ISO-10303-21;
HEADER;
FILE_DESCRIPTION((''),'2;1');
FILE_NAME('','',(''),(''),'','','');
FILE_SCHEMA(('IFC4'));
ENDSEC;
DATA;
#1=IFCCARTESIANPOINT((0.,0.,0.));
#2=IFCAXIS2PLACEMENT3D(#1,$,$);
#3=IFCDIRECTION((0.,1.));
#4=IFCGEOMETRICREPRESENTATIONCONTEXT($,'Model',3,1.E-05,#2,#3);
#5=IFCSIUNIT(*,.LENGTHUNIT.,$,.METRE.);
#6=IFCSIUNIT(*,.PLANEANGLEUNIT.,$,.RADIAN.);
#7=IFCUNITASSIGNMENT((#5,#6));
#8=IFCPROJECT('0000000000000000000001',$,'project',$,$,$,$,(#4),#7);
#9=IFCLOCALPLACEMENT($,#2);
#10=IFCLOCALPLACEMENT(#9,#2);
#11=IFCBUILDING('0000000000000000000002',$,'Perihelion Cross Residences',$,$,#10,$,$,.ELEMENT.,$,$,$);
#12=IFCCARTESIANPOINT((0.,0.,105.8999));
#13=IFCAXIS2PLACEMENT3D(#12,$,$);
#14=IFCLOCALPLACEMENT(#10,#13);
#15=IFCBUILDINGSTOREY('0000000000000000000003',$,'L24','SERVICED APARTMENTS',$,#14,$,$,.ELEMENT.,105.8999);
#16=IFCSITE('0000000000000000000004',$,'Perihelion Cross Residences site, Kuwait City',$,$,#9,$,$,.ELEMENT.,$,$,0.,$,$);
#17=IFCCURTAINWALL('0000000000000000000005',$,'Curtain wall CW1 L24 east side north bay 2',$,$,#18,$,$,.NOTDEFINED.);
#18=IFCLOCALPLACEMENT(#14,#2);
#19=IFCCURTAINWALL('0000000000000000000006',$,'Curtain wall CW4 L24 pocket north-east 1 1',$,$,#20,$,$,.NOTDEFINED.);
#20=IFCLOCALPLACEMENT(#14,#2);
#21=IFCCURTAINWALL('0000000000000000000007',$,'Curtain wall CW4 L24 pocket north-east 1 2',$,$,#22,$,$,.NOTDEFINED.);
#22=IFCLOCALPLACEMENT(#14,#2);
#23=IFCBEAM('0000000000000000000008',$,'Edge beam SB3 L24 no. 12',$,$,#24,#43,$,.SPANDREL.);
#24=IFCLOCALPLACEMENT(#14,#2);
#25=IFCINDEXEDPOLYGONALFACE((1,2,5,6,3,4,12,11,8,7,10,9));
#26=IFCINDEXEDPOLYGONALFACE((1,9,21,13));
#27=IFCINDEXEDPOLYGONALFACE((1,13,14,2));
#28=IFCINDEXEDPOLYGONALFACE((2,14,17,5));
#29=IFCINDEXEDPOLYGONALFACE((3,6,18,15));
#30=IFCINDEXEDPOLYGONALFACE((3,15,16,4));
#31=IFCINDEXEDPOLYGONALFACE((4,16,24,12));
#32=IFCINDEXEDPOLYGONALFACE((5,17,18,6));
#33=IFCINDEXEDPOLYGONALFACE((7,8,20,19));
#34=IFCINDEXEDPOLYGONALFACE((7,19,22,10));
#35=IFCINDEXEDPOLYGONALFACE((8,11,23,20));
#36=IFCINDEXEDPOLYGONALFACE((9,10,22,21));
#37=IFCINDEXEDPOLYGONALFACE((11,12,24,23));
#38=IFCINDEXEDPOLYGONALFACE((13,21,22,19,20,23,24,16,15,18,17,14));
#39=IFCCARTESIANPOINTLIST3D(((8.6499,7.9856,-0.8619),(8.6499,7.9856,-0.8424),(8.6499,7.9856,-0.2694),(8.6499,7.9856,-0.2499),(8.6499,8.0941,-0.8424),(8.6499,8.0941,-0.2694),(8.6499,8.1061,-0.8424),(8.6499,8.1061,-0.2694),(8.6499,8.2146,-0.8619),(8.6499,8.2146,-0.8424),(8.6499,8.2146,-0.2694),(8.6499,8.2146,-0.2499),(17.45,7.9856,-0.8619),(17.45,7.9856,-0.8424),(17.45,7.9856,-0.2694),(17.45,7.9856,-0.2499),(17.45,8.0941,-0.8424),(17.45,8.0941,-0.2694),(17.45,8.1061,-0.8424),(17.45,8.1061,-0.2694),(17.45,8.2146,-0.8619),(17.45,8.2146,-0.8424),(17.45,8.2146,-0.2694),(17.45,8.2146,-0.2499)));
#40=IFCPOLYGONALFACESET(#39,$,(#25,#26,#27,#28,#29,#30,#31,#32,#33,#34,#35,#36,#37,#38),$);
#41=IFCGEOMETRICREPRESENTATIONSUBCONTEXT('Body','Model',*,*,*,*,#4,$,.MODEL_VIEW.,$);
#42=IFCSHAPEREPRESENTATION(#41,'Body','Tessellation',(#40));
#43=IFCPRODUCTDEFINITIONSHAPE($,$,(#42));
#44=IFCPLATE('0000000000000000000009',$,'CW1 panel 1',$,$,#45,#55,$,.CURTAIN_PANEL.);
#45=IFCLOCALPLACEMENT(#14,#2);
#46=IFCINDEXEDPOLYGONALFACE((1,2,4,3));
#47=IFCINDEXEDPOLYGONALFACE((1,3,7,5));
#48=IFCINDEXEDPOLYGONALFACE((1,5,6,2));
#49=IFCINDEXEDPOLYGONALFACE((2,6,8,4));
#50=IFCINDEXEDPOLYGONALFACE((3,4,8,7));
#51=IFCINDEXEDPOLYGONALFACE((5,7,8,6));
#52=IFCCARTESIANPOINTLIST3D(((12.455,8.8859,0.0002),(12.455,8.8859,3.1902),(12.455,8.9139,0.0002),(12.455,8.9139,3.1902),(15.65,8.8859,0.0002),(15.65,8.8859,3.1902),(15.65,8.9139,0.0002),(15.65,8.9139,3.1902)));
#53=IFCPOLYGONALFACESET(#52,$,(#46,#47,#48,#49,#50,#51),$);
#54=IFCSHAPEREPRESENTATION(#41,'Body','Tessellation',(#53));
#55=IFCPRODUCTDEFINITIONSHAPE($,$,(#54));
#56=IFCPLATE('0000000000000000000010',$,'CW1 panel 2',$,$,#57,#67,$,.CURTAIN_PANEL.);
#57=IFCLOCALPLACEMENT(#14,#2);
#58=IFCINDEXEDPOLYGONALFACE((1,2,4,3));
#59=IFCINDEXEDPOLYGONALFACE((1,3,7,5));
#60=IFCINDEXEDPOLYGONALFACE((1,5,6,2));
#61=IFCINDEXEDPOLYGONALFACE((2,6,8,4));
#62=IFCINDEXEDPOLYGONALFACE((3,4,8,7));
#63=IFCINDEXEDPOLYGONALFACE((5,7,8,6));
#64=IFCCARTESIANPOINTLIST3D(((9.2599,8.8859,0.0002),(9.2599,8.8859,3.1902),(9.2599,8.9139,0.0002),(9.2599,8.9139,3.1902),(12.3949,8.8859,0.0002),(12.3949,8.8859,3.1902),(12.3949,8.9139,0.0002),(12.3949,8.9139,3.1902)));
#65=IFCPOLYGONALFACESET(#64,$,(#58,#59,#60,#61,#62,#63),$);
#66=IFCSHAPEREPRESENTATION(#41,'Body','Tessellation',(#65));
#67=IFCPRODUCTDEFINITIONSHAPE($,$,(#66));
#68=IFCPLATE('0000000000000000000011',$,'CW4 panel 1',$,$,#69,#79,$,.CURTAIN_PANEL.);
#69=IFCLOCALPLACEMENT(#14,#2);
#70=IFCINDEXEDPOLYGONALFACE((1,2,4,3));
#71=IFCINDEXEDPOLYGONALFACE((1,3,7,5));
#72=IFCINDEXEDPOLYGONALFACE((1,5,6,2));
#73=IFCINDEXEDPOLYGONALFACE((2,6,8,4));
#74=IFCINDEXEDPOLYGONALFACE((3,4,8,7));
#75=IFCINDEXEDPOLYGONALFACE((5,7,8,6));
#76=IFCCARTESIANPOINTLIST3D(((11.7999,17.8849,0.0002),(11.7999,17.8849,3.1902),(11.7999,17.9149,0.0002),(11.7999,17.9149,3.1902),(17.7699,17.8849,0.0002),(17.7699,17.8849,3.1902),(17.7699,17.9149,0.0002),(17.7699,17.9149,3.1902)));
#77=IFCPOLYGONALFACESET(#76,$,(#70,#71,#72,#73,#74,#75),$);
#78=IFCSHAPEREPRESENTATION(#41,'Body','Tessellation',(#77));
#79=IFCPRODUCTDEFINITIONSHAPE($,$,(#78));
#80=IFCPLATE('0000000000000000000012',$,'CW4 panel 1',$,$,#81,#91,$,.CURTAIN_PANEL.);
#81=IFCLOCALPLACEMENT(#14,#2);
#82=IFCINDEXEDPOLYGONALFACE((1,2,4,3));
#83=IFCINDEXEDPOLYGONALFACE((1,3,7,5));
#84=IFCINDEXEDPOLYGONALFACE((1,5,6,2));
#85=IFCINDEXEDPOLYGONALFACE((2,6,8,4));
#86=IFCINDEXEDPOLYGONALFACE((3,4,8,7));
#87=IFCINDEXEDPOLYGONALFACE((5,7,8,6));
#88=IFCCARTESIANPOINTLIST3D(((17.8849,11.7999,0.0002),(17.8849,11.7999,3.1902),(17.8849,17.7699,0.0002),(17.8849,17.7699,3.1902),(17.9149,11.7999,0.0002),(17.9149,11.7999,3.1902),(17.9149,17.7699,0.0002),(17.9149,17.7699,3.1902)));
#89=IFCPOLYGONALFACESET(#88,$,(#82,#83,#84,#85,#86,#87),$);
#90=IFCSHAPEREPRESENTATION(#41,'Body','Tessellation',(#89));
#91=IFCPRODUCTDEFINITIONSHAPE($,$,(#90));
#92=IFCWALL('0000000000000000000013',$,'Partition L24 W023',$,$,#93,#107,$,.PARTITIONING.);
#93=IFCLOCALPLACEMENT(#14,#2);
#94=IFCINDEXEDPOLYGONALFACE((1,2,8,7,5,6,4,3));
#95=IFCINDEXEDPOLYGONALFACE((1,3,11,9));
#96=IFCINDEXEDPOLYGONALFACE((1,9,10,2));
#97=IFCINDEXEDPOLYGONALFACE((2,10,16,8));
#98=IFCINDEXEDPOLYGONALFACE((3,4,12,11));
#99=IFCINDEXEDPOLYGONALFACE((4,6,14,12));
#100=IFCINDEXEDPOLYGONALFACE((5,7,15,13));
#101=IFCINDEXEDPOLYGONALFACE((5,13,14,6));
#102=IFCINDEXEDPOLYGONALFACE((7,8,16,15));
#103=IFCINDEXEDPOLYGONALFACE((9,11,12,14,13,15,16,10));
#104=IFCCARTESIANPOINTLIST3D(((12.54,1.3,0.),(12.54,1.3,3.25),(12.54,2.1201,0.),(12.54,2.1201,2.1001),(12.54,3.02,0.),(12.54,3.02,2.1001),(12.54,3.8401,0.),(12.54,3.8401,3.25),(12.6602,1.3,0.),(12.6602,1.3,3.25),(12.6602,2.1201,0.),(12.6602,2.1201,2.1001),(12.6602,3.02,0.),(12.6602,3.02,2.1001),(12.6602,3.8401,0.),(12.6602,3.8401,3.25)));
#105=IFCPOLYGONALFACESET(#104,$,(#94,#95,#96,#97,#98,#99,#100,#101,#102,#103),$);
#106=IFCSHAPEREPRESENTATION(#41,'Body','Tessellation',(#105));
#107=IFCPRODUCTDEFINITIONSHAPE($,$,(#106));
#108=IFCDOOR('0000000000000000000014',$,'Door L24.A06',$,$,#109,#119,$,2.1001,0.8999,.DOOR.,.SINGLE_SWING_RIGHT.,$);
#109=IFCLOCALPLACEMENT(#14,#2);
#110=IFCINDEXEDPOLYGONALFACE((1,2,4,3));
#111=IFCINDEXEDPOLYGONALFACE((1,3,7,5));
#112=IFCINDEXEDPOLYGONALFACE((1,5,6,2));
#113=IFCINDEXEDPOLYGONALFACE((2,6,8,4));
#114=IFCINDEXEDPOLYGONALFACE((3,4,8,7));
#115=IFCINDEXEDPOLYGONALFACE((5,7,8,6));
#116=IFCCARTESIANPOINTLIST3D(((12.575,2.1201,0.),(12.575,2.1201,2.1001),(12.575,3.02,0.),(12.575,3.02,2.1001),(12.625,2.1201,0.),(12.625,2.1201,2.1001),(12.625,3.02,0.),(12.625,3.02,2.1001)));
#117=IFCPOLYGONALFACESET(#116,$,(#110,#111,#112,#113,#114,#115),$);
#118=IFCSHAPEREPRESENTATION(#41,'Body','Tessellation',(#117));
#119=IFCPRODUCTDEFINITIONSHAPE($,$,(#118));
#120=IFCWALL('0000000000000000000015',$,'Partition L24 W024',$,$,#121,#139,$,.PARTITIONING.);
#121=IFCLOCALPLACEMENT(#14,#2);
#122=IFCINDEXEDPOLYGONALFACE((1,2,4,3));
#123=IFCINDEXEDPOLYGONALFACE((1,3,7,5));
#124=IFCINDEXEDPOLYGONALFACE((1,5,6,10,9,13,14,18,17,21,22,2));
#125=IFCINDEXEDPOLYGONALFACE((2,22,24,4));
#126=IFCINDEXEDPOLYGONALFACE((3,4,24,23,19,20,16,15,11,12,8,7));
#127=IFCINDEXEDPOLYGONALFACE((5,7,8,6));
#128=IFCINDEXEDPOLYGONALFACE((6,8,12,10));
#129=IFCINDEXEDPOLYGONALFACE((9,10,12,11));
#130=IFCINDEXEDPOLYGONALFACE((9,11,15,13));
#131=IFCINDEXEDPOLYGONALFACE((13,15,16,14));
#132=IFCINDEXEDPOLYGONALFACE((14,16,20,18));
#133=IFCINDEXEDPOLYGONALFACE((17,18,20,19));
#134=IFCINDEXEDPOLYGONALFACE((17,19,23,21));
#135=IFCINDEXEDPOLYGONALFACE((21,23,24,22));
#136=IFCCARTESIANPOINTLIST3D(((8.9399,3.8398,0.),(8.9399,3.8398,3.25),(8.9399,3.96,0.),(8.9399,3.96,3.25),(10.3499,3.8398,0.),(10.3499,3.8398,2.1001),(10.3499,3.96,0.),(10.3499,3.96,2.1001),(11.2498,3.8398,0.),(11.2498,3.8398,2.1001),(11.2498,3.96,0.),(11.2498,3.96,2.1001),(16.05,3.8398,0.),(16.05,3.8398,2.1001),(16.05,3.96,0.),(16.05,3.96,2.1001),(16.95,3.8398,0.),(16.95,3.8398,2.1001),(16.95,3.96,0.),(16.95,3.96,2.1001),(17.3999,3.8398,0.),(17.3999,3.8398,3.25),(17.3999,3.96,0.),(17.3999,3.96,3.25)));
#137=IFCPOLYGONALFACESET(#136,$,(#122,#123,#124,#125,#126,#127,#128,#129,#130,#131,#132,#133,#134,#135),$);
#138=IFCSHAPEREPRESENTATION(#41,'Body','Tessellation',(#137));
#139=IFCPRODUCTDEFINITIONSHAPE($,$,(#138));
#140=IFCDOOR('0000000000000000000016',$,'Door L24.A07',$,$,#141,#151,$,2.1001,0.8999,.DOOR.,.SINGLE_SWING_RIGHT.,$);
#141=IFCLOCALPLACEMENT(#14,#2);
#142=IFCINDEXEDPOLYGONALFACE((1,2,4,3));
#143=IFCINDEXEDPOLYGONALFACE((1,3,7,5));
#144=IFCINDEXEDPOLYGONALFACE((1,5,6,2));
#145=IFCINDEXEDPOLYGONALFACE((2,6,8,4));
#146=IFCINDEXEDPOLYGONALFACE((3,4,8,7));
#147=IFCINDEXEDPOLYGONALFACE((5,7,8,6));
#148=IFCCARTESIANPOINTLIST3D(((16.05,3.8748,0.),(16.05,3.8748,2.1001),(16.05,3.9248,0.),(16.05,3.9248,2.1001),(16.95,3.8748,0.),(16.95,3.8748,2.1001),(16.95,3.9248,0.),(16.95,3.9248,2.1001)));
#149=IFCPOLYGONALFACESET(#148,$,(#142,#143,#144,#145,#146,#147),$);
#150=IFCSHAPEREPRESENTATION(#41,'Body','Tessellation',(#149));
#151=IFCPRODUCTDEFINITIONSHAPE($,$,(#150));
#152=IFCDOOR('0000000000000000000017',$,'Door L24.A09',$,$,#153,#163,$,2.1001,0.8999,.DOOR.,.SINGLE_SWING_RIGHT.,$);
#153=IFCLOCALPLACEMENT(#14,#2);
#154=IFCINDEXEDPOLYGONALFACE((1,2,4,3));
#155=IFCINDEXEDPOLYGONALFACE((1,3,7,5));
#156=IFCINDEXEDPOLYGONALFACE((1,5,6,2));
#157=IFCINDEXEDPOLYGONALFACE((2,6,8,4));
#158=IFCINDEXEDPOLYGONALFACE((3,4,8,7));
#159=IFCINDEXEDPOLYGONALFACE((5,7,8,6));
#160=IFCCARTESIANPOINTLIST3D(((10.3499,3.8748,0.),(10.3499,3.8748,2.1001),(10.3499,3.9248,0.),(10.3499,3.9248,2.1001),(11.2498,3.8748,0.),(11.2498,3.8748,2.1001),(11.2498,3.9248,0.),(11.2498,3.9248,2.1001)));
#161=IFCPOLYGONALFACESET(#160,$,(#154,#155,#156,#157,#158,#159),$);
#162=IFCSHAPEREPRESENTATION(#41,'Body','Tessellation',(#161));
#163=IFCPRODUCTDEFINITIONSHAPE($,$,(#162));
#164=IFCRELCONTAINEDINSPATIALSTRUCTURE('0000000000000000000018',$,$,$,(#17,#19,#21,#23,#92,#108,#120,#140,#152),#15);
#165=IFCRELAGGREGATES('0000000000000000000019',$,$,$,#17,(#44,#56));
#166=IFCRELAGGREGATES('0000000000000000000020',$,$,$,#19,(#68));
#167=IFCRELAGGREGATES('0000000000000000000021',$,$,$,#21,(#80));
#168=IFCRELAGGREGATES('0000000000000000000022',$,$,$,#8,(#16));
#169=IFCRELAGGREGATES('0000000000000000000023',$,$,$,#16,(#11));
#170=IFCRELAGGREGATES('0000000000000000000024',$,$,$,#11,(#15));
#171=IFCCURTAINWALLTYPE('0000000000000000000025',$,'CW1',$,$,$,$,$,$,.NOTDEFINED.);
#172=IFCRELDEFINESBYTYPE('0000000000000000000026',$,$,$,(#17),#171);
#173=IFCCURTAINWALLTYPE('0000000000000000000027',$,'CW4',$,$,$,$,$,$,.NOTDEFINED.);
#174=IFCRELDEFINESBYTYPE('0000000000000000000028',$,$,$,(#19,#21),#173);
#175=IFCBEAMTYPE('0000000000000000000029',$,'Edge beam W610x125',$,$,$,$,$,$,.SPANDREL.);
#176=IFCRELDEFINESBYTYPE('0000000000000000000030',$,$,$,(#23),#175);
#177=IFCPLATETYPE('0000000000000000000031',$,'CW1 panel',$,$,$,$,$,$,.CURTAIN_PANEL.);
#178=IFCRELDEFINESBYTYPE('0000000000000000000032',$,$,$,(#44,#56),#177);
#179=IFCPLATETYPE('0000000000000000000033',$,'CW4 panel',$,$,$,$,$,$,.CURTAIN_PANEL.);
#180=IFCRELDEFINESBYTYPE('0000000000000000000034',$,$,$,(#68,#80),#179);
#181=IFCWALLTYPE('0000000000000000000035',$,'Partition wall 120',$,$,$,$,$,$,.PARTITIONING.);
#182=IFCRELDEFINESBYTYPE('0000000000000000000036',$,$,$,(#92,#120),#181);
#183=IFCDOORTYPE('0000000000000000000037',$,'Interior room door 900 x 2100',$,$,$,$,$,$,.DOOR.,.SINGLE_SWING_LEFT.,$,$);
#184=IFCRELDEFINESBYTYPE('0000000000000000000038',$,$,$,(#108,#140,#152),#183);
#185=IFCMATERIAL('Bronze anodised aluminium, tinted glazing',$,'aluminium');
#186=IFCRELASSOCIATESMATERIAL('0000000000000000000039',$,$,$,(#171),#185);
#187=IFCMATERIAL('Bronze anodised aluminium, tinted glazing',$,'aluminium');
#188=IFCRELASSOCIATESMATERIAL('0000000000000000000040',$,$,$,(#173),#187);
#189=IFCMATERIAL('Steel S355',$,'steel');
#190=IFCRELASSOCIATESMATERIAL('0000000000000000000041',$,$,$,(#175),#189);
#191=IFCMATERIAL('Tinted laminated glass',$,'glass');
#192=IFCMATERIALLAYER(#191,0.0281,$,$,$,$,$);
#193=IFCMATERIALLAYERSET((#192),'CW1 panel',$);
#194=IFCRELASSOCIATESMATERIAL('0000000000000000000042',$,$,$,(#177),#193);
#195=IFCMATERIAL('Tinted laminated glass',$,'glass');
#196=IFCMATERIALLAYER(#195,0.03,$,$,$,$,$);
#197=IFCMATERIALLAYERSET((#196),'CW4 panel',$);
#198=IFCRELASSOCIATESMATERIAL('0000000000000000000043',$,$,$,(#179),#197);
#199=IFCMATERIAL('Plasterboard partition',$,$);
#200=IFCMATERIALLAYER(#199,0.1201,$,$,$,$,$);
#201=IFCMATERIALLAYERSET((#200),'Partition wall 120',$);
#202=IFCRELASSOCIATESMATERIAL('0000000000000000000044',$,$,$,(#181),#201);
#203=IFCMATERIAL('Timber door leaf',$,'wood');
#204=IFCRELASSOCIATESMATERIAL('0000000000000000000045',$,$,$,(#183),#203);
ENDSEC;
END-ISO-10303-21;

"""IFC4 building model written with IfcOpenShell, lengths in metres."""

from ifc_helpers import new_model, si_unit, direction, frame, frame_2d, origin, origin_2d, place, context, subcontext, project, spatial, rectangle, i_section, extrude, material, layer, layer_set, material_profile, profile_set, type_object, element, fill, aggregate, save


model = new_model("IFC4")

# Units and contexts
model_context = context("Model", 3, precision=1e-05, world=origin(), true_north=direction((0.0, 1.0)))
body_context = subcontext(model_context, "Body", "Model", "MODEL_VIEW")
ifc_project = project(units=[si_unit("LENGTHUNIT", "METRE"), si_unit("PLANEANGLEUNIT", "RADIAN")], contexts=[model_context])

# Site, building, storey
site_placement = place(None, origin())
site = spatial("IfcSite", under=ifc_project, at=site_placement, Name="Perihelion Cross Residences site, Kuwait City", CompositionType="ELEMENT", RefElevation=0.0)
building_placement = place(site_placement, origin())
building = spatial("IfcBuilding", under=site, at=building_placement, Name="Perihelion Cross Residences", CompositionType="ELEMENT")
storey_placement = place(building_placement, frame((0.0, 0.0, 105.8999)))
storey = spatial("IfcBuildingStorey", under=building, at=storey_placement, Name="L24", Description="SERVICED APARTMENTS", CompositionType="ELEMENT", Elevation=105.8999)

# Curtain walls
ifc_material_1 = material(Name="Bronze anodised aluminium, tinted glazing", Category="aluminium")
curtain_wall_type_1 = type_object("IfcCurtainWallType", Name="CW1", PredefinedType="NOTDEFINED", material=ifc_material_1)
curtain_wall_1_placement = place(storey_placement, origin())
curtain_wall_1 = element("IfcCurtainWall", 1, at=curtain_wall_1_placement, inside=storey, type_object=curtain_wall_type_1, Name="Curtain wall CW1 L24 east side north bay 2", PredefinedType="NOTDEFINED")
ifc_material_2 = material(Name="Bronze anodised aluminium, tinted glazing", Category="aluminium")
curtain_wall_type_2 = type_object("IfcCurtainWallType", Name="CW4", PredefinedType="NOTDEFINED", material=ifc_material_2)
curtain_wall_2_placement = place(storey_placement, origin())
curtain_wall_2 = element("IfcCurtainWall", 2, at=curtain_wall_2_placement, inside=storey, type_object=curtain_wall_type_2, Name="Curtain wall CW4 L24 pocket north-east 1 1", PredefinedType="NOTDEFINED")
curtain_wall_3_placement = place(storey_placement, origin())
curtain_wall_3 = element("IfcCurtainWall", 3, at=curtain_wall_3_placement, inside=storey, type_object=curtain_wall_type_2, Name="Curtain wall CW4 L24 pocket north-east 1 2", PredefinedType="NOTDEFINED")

# Beam
ifc_material_3 = material(Name="Steel S355", Category="steel")
ifc_material_profile_1 = material_profile(ifc_material_3, i_section(OverallWidth=0.229, OverallDepth=0.6121, WebThickness=0.012, FlangeThickness=0.0195, at=origin_2d()), Name="W610x125")
ifc_profile_set_1 = profile_set([ifc_material_profile_1], Name="Steel S355")
beam_type_1 = type_object("IfcBeamType", Name="Edge beam W610x125", PredefinedType="SPANDREL", material=ifc_profile_set_1)
beam_1_placement = place(storey_placement, frame((17.45, 8.1001, -0.5559), z_axis=(-1.0, 0.0, 0.0), x_axis=(0.0, -1.0, 0.0)))
element("IfcBeam", 4, at=beam_1_placement, inside=storey, type_object=beam_type_1, Name="Edge beam SB3 L24 no. 12", PredefinedType="SPANDREL", context=body_context, shape_type="SweptSolid", body=[
    extrude(i_section(OverallWidth=0.229, OverallDepth=0.6121, WebThickness=0.012, FlangeThickness=0.0195, at=origin_2d()), origin(), (0.0, 0.0, 1.0), 8.8),
])

# Plates
ifc_material_4 = material(Name="Tinted laminated glass", Category="glass")
ifc_layer_1 = layer(ifc_material_4, 0.0281)
ifc_layer_set_1 = layer_set([ifc_layer_1], Name="CW1 panel")
plate_type_1 = type_object("IfcPlateType", Name="CW1 panel", PredefinedType="CURTAIN_PANEL", material=ifc_layer_set_1)
plate_1_placement = place(storey_placement, frame((14.0525, 8.8999, 0.0002), z_axis=(0.0, 0.0, 1.0), x_axis=(-1.0, 0.0, 0.0)))
plate_1 = element("IfcPlate", 5, at=plate_1_placement, type_object=plate_type_1, Name="CW1 panel 1", PredefinedType="CURTAIN_PANEL", context=body_context, shape_type="SweptSolid", body=[
    extrude(rectangle(XDim=3.1951, YDim=0.0281, at=origin_2d()), origin(), (0.0, 0.0, 1.0), 3.1899),
])
plate_2_placement = place(storey_placement, frame((10.8274, 8.8999, 0.0002), z_axis=(0.0, 0.0, 1.0), x_axis=(-1.0, 0.0, 0.0)))
plate_2 = element("IfcPlate", 6, at=plate_2_placement, type_object=plate_type_1, Name="CW1 panel 2", PredefinedType="CURTAIN_PANEL", context=body_context, shape_type="SweptSolid", body=[
    extrude(rectangle(XDim=3.135, YDim=0.0281, at=origin_2d()), origin(), (0.0, 0.0, 1.0), 3.1899),
])
aggregate(curtain_wall_1, [plate_1, plate_2])
ifc_material_5 = material(Name="Tinted laminated glass", Category="glass")
ifc_layer_2 = layer(ifc_material_5, 0.03)
ifc_layer_set_2 = layer_set([ifc_layer_2], Name="CW4 panel")
plate_type_2 = type_object("IfcPlateType", Name="CW4 panel", PredefinedType="CURTAIN_PANEL", material=ifc_layer_set_2)
plate_3_placement = place(storey_placement, frame((14.7849, 17.8999, 0.0002), z_axis=(0.0, 0.0, 1.0), x_axis=(1.0, 0.0, 0.0)))
plate_3 = element("IfcPlate", 7, at=plate_3_placement, type_object=plate_type_2, Name="CW4 panel 1", PredefinedType="CURTAIN_PANEL", context=body_context, shape_type="SweptSolid", body=[
    extrude(rectangle(XDim=5.97, YDim=0.03, at=origin_2d()), origin(), (0.0, 0.0, 1.0), 3.1899),
])
aggregate(curtain_wall_2, [plate_3])
plate_4_placement = place(storey_placement, frame((17.8999, 14.7849, 0.0002), z_axis=(0.0, 0.0, 1.0), x_axis=(0.0, -1.0, 0.0)))
plate_4 = element("IfcPlate", 8, at=plate_4_placement, type_object=plate_type_2, Name="CW4 panel 1", PredefinedType="CURTAIN_PANEL", context=body_context, shape_type="SweptSolid", body=[
    extrude(rectangle(XDim=5.97, YDim=0.03, at=origin_2d()), origin(), (0.0, 0.0, 1.0), 3.1899),
])
aggregate(curtain_wall_3, [plate_4])

# Wall, opening, door
ifc_material_6 = material(Name="Plasterboard partition")
ifc_layer_3 = layer(ifc_material_6, 0.1201)
ifc_layer_set_3 = layer_set([ifc_layer_3], Name="Partition wall 120")
wall_type_1 = type_object("IfcWallType", Name="Partition wall 120", PredefinedType="PARTITIONING", material=ifc_layer_set_3)
wall_1_placement = place(storey_placement, frame((12.6001, 3.8401, 0.0), z_axis=(0.0, 0.0, 1.0), x_axis=(0.0, -1.0, 0.0)))
wall_1 = element("IfcWall", 9, at=wall_1_placement, inside=storey, type_object=wall_type_1, Name="Partition L24 W023", PredefinedType="PARTITIONING", context=body_context, shape_type="SweptSolid", body=[
    extrude(rectangle(XDim=2.54, YDim=0.1201, at=frame_2d((1.27, 0.0))), origin(), (0.0, 0.0, 1.0), 3.25),
])
opening_1_placement = place(wall_1_placement, frame((0.8201, 0.0, 0.0)))
opening_1 = element("IfcOpeningElement", 10, at=opening_1_placement, cuts=wall_1, PredefinedType="OPENING", context=body_context, shape_type="SweptSolid", body=[
    extrude(rectangle(XDim=0.8999, YDim=2.1001, at=frame_2d((0.45, 1.05))), frame((0.0, 0.0701, 0.0), z_axis=(0.0, -1.0, 0.0), x_axis=(1.0, 0.0, 0.0)), (0.0, 0.0, 1.0), 0.1401),
])
ifc_material_7 = material(Name="Timber door leaf", Category="wood")
door_type_1 = type_object("IfcDoorType", Name="Interior room door 900 x 2100", OperationType="SINGLE_SWING_LEFT", PredefinedType="DOOR", material=ifc_material_7)
door_1_placement = place(opening_1_placement, origin())
door_1 = element("IfcDoor", 11, at=door_1_placement, inside=storey, type_object=door_type_1, Name="Door L24.A06", OperationType="SINGLE_SWING_RIGHT", OverallHeight=2.1001, OverallWidth=0.8999, PredefinedType="DOOR", context=body_context, shape_type="SweptSolid", body=[
    extrude(rectangle(XDim=0.8999, YDim=2.1001, at=frame_2d((0.45, 1.05))), frame((0.0, 0.0249, 0.0), z_axis=(0.0, -1.0, 0.0), x_axis=(1.0, 0.0, 0.0)), (0.0, 0.0, 1.0), 0.05),
])
fill(opening_1, door_1)

# Wall, openings, doors
wall_2_placement = place(storey_placement, frame((8.9399, 3.8999, 0.0), z_axis=(0.0, 0.0, 1.0), x_axis=(1.0, 0.0, 0.0)))
wall_2 = element("IfcWall", 12, at=wall_2_placement, inside=storey, type_object=wall_type_1, Name="Partition L24 W024", PredefinedType="PARTITIONING", context=body_context, shape_type="SweptSolid", body=[
    extrude(rectangle(XDim=8.46, YDim=0.1201, at=frame_2d((4.23, 0.0))), origin(), (0.0, 0.0, 1.0), 3.25),
])
opening_2_placement = place(wall_2_placement, frame((7.1101, 0.0, 0.0)))
opening_2 = element("IfcOpeningElement", 13, at=opening_2_placement, cuts=wall_2, PredefinedType="OPENING", context=body_context, shape_type="SweptSolid", body=[
    extrude(rectangle(XDim=0.8999, YDim=2.1001, at=frame_2d((0.45, 1.05))), frame((0.0, 0.0701, 0.0), z_axis=(0.0, -1.0, 0.0), x_axis=(1.0, 0.0, 0.0)), (0.0, 0.0, 1.0), 0.1401),
])
opening_3_placement = place(wall_2_placement, frame((1.4099, 0.0, 0.0)))
opening_3 = element("IfcOpeningElement", 14, at=opening_3_placement, cuts=wall_2, PredefinedType="OPENING", context=body_context, shape_type="SweptSolid", body=[
    extrude(rectangle(XDim=0.8999, YDim=2.1001, at=frame_2d((0.45, 1.05))), frame((0.0, 0.0701, 0.0), z_axis=(0.0, -1.0, 0.0), x_axis=(1.0, 0.0, 0.0)), (0.0, 0.0, 1.0), 0.1401),
])
door_2_placement = place(opening_2_placement, origin())
door_2 = element("IfcDoor", 15, at=door_2_placement, inside=storey, type_object=door_type_1, Name="Door L24.A07", OperationType="SINGLE_SWING_RIGHT", OverallHeight=2.1001, OverallWidth=0.8999, PredefinedType="DOOR", context=body_context, shape_type="SweptSolid", body=[
    extrude(rectangle(XDim=0.8999, YDim=2.1001, at=frame_2d((0.45, 1.05))), frame((0.0, 0.0249, 0.0), z_axis=(0.0, -1.0, 0.0), x_axis=(1.0, 0.0, 0.0)), (0.0, 0.0, 1.0), 0.05),
])
fill(opening_2, door_2)
door_3_placement = place(opening_3_placement, origin())
door_3 = element("IfcDoor", 16, at=door_3_placement, inside=storey, type_object=door_type_1, Name="Door L24.A09", OperationType="SINGLE_SWING_RIGHT", OverallHeight=2.1001, OverallWidth=0.8999, PredefinedType="DOOR", context=body_context, shape_type="SweptSolid", body=[
    extrude(rectangle(XDim=0.8999, YDim=2.1001, at=frame_2d((0.45, 1.05))), frame((0.0, 0.0249, 0.0), z_axis=(0.0, -1.0, 0.0), x_axis=(1.0, 0.0, 0.0)), (0.0, 0.0, 1.0), 0.05),
])
fill(opening_3, door_3)

save(model, "model.ifc")
